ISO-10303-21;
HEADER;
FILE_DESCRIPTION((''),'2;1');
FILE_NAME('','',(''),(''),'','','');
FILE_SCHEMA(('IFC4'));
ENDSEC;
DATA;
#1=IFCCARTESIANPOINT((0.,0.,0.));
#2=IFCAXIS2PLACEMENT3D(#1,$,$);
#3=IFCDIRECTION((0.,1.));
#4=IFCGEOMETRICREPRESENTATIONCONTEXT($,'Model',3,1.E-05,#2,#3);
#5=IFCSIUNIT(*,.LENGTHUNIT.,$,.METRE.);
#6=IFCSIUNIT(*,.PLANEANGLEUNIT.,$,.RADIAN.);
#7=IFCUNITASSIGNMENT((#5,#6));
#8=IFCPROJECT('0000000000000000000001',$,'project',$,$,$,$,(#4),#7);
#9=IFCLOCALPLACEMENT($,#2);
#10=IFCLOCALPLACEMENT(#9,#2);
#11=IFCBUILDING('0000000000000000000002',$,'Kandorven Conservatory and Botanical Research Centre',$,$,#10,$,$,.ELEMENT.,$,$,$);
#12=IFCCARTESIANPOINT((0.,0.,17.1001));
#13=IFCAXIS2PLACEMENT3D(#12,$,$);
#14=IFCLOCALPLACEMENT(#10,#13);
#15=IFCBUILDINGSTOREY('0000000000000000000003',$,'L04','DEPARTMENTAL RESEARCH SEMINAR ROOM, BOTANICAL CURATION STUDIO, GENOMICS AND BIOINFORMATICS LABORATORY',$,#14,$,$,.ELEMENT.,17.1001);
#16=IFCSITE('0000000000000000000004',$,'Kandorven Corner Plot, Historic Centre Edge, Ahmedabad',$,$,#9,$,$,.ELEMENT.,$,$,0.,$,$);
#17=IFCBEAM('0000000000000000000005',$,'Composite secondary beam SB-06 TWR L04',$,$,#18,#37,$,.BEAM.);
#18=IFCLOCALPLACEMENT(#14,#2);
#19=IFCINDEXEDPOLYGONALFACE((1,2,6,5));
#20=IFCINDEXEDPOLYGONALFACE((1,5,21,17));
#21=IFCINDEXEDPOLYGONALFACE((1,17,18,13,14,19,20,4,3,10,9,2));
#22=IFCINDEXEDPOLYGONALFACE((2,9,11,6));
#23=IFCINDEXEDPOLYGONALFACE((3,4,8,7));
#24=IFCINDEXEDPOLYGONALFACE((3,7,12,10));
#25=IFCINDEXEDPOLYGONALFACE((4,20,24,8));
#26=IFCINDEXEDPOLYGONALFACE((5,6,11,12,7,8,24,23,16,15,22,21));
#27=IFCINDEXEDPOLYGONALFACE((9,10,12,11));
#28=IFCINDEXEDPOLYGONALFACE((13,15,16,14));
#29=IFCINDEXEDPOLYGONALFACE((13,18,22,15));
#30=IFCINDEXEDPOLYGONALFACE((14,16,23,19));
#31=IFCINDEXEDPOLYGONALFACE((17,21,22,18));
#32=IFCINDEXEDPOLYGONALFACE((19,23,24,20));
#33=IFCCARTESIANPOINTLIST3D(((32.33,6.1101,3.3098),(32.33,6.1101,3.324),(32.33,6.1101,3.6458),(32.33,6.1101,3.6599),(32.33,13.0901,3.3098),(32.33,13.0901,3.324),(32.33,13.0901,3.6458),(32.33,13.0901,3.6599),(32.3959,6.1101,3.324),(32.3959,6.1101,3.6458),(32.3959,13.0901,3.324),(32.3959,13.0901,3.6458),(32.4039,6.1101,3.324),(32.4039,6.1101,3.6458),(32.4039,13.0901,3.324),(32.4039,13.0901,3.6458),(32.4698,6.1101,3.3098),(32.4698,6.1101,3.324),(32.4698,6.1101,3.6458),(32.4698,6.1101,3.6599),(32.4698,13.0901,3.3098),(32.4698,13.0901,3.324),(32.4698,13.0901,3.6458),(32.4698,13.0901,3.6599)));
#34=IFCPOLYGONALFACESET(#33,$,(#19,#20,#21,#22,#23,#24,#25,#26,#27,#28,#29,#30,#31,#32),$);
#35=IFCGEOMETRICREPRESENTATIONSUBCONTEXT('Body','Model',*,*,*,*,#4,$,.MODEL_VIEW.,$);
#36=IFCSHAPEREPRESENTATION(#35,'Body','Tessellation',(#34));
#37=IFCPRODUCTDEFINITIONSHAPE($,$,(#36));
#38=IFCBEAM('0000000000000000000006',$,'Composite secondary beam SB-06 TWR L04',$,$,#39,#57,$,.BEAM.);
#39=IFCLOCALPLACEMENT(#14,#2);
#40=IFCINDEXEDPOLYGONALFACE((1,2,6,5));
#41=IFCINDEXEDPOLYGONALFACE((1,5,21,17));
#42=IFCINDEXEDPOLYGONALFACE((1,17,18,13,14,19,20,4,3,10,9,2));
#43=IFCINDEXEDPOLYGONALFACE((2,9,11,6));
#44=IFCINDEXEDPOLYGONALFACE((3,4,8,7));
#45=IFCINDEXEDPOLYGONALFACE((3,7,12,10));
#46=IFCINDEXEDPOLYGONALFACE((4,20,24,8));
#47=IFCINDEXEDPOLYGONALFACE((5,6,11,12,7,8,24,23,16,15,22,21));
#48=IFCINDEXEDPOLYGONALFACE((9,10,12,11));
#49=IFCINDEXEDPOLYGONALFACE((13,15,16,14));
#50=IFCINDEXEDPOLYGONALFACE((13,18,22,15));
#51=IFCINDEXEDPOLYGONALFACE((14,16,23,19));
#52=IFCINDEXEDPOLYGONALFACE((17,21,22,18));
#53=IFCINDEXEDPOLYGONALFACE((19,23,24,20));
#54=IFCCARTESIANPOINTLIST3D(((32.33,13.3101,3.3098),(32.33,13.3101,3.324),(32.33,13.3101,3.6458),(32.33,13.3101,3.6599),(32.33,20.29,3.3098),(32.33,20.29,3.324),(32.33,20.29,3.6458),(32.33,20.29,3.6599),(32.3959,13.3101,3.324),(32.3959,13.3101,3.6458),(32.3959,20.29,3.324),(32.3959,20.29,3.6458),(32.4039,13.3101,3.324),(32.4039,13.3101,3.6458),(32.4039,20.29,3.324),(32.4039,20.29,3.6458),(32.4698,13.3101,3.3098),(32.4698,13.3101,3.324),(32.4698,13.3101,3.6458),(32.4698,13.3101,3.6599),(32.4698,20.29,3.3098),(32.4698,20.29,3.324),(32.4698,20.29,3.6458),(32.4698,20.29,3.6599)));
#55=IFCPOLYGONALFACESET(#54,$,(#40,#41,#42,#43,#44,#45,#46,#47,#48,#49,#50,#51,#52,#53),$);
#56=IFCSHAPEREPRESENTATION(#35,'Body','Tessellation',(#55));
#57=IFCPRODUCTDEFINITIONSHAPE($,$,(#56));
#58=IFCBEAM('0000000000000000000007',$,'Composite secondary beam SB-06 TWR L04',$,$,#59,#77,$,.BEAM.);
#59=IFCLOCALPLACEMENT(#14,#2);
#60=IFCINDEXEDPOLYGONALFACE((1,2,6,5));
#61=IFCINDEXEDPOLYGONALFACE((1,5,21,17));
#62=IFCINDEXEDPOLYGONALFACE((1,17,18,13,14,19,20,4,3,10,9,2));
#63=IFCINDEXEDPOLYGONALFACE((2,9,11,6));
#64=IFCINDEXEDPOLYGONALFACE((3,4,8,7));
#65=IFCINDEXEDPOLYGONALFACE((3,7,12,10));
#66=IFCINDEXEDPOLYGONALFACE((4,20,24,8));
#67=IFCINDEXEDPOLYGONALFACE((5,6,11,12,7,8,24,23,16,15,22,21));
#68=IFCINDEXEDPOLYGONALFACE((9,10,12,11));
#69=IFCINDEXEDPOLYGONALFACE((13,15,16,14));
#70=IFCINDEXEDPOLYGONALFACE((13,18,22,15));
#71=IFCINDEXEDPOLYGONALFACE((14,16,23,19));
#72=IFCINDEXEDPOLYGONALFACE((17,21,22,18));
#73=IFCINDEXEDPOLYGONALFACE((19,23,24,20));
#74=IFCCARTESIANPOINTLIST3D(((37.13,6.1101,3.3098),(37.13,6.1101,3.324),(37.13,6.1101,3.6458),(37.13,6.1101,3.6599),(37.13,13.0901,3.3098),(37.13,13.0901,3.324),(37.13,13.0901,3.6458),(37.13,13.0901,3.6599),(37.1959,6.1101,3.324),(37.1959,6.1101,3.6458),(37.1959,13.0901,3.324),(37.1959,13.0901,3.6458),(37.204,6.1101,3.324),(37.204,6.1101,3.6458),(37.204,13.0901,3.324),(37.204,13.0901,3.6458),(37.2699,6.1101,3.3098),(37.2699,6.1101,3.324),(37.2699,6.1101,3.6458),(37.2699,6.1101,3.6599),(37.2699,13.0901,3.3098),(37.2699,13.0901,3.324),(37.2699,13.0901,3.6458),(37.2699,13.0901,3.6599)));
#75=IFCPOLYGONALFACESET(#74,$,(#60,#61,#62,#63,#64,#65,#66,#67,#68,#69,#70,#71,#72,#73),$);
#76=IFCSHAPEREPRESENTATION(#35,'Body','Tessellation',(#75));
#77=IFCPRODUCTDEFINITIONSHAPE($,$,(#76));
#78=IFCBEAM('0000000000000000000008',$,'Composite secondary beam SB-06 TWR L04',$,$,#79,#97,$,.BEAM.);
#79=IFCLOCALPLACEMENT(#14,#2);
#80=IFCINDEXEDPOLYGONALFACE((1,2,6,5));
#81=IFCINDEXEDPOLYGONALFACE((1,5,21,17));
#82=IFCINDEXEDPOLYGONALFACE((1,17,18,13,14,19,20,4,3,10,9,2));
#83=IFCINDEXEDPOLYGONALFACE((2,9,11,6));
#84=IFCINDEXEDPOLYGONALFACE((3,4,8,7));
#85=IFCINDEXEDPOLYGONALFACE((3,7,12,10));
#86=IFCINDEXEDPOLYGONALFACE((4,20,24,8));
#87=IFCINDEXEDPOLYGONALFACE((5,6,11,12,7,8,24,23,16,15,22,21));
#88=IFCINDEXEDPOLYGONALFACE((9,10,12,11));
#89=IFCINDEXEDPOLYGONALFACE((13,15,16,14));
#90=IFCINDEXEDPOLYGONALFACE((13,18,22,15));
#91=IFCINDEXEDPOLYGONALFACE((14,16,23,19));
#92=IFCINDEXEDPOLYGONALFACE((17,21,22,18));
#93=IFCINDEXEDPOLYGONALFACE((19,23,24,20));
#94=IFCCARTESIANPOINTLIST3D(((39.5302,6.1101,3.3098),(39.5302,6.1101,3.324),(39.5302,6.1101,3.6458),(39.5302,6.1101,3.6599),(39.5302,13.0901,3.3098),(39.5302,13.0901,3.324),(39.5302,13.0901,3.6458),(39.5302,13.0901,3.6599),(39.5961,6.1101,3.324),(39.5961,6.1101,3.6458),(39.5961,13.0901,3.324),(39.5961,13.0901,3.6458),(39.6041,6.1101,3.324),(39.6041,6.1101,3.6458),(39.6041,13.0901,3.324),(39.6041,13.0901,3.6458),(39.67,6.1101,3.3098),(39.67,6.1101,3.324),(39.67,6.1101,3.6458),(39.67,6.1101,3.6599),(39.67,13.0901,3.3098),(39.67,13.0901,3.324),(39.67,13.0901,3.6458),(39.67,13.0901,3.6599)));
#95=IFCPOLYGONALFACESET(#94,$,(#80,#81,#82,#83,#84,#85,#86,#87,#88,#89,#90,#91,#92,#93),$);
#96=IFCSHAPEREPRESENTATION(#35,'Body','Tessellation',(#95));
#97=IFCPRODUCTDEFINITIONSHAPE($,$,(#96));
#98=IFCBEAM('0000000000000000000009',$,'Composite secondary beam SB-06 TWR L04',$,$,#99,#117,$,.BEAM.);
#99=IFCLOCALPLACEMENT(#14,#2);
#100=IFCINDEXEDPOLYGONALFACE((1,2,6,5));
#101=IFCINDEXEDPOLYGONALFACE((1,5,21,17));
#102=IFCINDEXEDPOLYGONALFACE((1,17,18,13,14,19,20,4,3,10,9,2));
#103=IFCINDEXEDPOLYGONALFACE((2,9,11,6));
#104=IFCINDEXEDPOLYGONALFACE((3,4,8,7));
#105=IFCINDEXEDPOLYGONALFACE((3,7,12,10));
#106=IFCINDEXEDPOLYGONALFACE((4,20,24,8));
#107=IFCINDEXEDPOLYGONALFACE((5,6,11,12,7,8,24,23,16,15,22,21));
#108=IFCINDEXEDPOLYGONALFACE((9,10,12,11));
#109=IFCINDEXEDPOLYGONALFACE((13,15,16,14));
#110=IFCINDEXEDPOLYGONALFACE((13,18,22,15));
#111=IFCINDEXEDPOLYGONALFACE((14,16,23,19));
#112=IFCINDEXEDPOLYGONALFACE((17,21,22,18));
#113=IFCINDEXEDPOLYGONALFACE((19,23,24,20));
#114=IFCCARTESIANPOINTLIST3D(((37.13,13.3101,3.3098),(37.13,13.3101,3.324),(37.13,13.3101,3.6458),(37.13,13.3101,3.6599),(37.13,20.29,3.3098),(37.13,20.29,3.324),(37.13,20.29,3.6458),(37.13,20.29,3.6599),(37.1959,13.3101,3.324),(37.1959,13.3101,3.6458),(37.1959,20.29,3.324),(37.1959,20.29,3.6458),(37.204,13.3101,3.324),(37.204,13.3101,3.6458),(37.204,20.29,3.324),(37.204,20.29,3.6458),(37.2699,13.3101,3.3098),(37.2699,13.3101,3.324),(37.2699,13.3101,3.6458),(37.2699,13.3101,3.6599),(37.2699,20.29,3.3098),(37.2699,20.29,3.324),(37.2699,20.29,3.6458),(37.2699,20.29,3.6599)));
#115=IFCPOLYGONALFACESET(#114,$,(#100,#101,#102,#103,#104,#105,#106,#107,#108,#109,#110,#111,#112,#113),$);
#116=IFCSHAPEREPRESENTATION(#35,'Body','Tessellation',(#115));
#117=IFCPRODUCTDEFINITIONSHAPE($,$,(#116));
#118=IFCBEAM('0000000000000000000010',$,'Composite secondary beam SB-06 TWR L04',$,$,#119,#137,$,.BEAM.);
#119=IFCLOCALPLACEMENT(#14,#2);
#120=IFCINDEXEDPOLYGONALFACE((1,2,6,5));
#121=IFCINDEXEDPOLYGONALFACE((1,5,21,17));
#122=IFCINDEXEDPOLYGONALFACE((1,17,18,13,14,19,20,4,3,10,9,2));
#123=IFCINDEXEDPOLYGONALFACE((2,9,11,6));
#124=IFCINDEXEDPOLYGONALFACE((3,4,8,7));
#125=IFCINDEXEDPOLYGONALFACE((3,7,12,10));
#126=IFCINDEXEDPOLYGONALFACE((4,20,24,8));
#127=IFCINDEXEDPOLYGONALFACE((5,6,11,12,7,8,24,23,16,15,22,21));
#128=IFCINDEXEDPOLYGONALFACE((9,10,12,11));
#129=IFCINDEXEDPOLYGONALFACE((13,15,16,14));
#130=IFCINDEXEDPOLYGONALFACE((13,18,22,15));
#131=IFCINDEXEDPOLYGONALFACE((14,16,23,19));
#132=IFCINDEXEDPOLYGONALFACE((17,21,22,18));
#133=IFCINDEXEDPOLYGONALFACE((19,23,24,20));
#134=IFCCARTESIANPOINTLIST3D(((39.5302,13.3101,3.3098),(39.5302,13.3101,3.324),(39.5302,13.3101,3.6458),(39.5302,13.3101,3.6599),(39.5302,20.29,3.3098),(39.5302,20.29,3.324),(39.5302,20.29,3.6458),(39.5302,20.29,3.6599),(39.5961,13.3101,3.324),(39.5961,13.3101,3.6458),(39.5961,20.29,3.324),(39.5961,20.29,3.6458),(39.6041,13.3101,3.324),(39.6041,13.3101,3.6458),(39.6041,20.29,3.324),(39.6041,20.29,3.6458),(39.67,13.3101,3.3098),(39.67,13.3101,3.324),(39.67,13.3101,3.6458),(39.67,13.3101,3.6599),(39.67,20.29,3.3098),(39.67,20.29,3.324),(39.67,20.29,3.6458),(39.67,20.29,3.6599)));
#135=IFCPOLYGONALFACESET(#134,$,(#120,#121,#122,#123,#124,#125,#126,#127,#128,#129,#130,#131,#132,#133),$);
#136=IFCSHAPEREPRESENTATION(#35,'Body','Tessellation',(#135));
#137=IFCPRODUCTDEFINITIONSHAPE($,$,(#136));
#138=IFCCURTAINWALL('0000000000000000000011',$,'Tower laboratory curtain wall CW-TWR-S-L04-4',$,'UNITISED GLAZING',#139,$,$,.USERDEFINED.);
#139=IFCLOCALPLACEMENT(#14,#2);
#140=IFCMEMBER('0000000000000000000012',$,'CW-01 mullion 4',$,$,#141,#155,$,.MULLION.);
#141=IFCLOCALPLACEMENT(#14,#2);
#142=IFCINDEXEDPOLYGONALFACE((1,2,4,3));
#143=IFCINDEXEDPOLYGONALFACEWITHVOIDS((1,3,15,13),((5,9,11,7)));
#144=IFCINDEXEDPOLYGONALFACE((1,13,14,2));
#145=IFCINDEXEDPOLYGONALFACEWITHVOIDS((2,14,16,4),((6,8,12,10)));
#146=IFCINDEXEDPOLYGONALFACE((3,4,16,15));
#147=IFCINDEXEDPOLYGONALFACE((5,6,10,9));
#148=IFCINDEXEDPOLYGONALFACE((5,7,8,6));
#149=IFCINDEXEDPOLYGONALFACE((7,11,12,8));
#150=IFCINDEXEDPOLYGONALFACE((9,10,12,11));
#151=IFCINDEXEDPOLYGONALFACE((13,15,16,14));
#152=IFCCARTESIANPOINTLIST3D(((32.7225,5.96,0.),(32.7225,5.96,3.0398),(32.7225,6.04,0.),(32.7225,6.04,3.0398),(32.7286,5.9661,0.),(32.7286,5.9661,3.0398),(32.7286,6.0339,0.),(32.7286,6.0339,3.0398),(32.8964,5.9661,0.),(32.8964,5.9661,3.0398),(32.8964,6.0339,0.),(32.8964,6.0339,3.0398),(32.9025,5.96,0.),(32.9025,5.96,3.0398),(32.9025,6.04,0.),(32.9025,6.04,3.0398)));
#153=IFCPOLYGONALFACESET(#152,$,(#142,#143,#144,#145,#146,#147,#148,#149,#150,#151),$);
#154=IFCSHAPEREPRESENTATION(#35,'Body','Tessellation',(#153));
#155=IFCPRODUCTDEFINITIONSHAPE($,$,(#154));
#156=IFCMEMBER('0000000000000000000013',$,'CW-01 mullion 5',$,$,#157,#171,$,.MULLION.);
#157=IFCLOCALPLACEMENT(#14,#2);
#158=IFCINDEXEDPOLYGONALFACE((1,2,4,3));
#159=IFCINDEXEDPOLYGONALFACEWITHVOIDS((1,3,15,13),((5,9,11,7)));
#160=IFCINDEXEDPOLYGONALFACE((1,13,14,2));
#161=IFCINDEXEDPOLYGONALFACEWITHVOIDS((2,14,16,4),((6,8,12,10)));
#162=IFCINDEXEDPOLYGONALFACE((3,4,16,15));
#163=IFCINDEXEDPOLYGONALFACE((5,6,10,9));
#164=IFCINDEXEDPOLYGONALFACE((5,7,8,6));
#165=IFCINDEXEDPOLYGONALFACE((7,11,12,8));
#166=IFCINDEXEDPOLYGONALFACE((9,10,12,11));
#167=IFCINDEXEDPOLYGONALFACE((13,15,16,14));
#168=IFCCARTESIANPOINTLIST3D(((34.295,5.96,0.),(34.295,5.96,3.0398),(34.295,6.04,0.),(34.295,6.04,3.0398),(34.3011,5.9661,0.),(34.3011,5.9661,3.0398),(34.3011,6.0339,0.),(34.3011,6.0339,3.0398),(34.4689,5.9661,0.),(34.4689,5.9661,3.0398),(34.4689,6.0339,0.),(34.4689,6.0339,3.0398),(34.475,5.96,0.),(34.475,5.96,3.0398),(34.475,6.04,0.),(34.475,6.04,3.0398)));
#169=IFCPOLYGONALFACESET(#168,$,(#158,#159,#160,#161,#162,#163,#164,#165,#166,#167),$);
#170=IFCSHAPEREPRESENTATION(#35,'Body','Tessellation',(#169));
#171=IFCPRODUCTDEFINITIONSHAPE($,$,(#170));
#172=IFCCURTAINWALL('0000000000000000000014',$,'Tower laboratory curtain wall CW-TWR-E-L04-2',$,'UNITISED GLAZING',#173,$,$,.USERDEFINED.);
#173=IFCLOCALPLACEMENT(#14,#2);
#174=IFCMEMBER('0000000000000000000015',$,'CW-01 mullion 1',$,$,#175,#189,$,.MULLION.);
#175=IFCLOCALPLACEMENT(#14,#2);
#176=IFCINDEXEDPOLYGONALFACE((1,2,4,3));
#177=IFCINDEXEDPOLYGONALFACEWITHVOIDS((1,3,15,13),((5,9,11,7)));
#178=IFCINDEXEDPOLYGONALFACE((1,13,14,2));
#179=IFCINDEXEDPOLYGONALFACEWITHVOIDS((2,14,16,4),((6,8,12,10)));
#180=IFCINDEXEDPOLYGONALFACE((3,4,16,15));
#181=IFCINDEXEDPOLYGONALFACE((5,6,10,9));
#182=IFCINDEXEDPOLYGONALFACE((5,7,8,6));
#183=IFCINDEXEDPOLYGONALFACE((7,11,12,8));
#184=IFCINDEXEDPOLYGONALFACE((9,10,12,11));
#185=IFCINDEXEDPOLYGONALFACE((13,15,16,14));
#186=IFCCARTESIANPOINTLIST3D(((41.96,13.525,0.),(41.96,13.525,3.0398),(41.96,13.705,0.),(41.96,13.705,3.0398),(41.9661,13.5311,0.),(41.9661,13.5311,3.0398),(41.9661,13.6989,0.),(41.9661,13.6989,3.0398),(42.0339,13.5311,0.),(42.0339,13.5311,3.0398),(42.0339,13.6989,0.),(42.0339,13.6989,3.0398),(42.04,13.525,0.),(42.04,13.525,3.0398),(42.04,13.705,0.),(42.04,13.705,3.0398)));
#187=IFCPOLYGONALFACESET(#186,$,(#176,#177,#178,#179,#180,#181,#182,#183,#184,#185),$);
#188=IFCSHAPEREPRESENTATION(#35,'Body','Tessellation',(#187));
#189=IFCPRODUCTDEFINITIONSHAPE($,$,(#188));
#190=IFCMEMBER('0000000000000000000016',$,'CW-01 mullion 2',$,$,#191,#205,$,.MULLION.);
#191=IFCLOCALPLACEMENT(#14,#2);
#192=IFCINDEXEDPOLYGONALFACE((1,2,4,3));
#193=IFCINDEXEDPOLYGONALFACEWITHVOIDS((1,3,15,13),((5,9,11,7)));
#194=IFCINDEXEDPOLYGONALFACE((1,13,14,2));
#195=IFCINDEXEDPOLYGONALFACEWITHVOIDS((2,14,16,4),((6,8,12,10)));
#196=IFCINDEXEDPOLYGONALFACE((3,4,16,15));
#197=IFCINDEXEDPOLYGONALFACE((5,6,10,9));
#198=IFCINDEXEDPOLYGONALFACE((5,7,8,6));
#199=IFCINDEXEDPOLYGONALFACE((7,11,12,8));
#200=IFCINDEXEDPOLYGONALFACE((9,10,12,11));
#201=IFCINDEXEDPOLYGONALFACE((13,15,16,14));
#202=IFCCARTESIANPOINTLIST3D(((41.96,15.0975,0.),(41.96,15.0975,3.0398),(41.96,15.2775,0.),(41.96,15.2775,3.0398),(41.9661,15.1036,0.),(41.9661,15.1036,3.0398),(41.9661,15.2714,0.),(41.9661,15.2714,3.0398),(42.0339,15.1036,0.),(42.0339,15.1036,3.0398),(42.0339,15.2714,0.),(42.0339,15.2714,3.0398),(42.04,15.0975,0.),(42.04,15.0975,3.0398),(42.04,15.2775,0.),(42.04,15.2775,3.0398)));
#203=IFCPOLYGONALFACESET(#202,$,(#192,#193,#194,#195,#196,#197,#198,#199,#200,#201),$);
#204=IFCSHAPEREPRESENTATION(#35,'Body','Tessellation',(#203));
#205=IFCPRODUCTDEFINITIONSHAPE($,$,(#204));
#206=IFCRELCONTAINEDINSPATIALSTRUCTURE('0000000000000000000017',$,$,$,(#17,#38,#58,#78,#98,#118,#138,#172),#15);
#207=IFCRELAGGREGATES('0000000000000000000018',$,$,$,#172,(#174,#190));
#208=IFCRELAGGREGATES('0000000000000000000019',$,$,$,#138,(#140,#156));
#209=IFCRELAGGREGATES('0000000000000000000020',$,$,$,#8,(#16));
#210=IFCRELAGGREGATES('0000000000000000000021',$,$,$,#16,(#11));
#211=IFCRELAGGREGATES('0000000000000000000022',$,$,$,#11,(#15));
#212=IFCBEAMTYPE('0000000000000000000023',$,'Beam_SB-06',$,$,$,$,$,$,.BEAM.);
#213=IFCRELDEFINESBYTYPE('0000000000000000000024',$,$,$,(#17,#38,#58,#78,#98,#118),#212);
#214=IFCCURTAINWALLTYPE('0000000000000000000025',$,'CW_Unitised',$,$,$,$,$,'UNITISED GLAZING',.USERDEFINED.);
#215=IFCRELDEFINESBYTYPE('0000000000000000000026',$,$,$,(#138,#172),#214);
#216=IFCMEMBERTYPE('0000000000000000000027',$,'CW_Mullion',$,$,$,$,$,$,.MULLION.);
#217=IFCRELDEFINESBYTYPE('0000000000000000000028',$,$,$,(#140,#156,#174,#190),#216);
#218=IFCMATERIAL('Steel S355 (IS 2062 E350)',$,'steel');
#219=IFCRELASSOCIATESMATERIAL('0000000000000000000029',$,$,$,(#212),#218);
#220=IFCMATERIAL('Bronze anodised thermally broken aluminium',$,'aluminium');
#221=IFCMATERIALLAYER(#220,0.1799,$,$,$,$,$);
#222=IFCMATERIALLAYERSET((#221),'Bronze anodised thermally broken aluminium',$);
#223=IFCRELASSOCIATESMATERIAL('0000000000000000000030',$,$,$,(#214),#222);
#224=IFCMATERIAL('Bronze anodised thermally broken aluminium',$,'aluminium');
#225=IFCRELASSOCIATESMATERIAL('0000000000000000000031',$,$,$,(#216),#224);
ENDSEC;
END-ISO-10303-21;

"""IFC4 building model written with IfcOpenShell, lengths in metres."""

from ifc_helpers import new_model, si_unit, direction, frame, origin, origin_2d, place, context, subcontext, project, spatial, hollow_rectangle, i_section, extrude, material, layer, layer_set, material_profile, profile_set, type_object, element, aggregate, save


model = new_model("IFC4")

# Units and contexts
model_context = context("Model", 3, precision=1e-05, world=origin(), true_north=direction((0.0, 1.0)))
body_context = subcontext(model_context, "Body", "Model", "MODEL_VIEW")
ifc_project = project(units=[si_unit("LENGTHUNIT", "METRE"), si_unit("PLANEANGLEUNIT", "RADIAN")], contexts=[model_context])

# Site, building, storey
site_placement = place(None, origin())
site = spatial("IfcSite", under=ifc_project, at=site_placement, Name="Kandorven Corner Plot, Historic Centre Edge, Ahmedabad", CompositionType="ELEMENT", RefElevation=0.0)
building_placement = place(site_placement, origin())
building = spatial("IfcBuilding", under=site, at=building_placement, Name="Kandorven Conservatory and Botanical Research Centre", CompositionType="ELEMENT")
storey_placement = place(building_placement, frame((0.0, 0.0, 17.1001)))
storey = spatial("IfcBuildingStorey", under=building, at=storey_placement, Name="L04", Description="DEPARTMENTAL RESEARCH SEMINAR ROOM, BOTANICAL CURATION STUDIO, GENOMICS AND BIOINFORMATICS LABORATORY", CompositionType="ELEMENT", Elevation=17.1001)

# Beams
ifc_material_1 = material(Name="Steel S355 (IS 2062 E350)", Category="steel")
ifc_material_profile_1 = material_profile(ifc_material_1, i_section(OverallWidth=0.1399, OverallDepth=0.3501, WebThickness=0.0081, FlangeThickness=0.0142, at=origin_2d()))
ifc_profile_set_1 = profile_set([ifc_material_profile_1], Name="Steel S355 (IS 2062 E350)")
beam_type_1 = type_object("IfcBeamType", Name="Beam_SB-06", PredefinedType="BEAM", material=ifc_profile_set_1)
for number, where, z_axis, x_axis, name in (
    (1, (32.3999, 6.1101, 3.4849), (0.0, 1.0, 0.0), (-1.0, 0.0, 0.0), "Composite secondary beam SB-06 TWR L04"),
    (2, (32.3999, 13.3101, 3.4849), (0.0, 1.0, 0.0), (-1.0, 0.0, 0.0), "Composite secondary beam SB-06 TWR L04"),
    (3, (37.2, 6.1101, 3.4849), (0.0, 1.0, 0.0), (-1.0, 0.0, 0.0), "Composite secondary beam SB-06 TWR L04"),
    (4, (39.6001, 6.1101, 3.4849), (0.0, 1.0, 0.0), (-1.0, 0.0, 0.0), "Composite secondary beam SB-06 TWR L04"),
    (5, (37.2, 13.3101, 3.4849), (0.0, 1.0, 0.0), (-1.0, 0.0, 0.0), "Composite secondary beam SB-06 TWR L04"),
    (6, (39.6001, 13.3101, 3.4849), (0.0, 1.0, 0.0), (-1.0, 0.0, 0.0), "Composite secondary beam SB-06 TWR L04"),
):
    element("IfcBeam", number, at=place(storey_placement, frame(where, z_axis=z_axis, x_axis=x_axis)), inside=storey, type_object=beam_type_1, Name=name, PredefinedType="BEAM", context=body_context, shape_type="SweptSolid", body=[
        extrude(i_section(OverallWidth=0.1399, OverallDepth=0.3501, WebThickness=0.0081, FlangeThickness=0.0142, at=origin_2d()), origin(), (0.0, 0.0, 1.0), 6.98),
    ])

# Curtain walls, members
ifc_material_2 = material(Name="Bronze anodised thermally broken aluminium", Category="aluminium")
ifc_layer_1 = layer(ifc_material_2, 0.1799)
ifc_layer_set_1 = layer_set([ifc_layer_1], Name="Bronze anodised thermally broken aluminium")
curtain_wall_type = type_object("IfcCurtainWallType", Name="CW_Unitised", ElementType="UNITISED GLAZING", PredefinedType="USERDEFINED", material=ifc_layer_set_1)
curtain_wall_1_placement = place(storey_placement, origin())
curtain_wall_1 = element("IfcCurtainWall", 7, at=curtain_wall_1_placement, inside=storey, type_object=curtain_wall_type, Name="Tower laboratory curtain wall CW-TWR-S-L04-4", ObjectType="UNITISED GLAZING", PredefinedType="USERDEFINED")
ifc_material_3 = material(Name="Bronze anodised thermally broken aluminium", Category="aluminium")
ifc_material_profile_2 = material_profile(ifc_material_3, hollow_rectangle(XDim=0.0801, YDim=0.1799, WallThickness=0.0061, at=origin_2d()))
ifc_profile_set_2 = profile_set([ifc_material_profile_2], Name="Bronze anodised thermally broken aluminium")
member_type_1 = type_object("IfcMemberType", Name="CW_Mullion", PredefinedType="MULLION", material=ifc_profile_set_2)
member_1_placement = place(storey_placement, frame((32.8125, 6.0, 0.0), z_axis=(0.0, 0.0, 1.0), x_axis=(0.0, 1.0, 0.0)))
member_1 = element("IfcMember", 8, at=member_1_placement, type_object=member_type_1, Name="CW-01 mullion 4", PredefinedType="MULLION", context=body_context, shape_type="SweptSolid", body=[
    extrude(hollow_rectangle(XDim=0.0801, YDim=0.1799, WallThickness=0.0061, at=origin_2d()), origin(), (0.0, 0.0, 1.0), 3.0398),
])
member_2_placement = place(storey_placement, frame((34.385, 6.0, 0.0), z_axis=(0.0, 0.0, 1.0), x_axis=(0.0, 1.0, 0.0)))
member_2 = element("IfcMember", 9, at=member_2_placement, type_object=member_type_1, Name="CW-01 mullion 5", PredefinedType="MULLION", context=body_context, shape_type="SweptSolid", body=[
    extrude(hollow_rectangle(XDim=0.0801, YDim=0.1799, WallThickness=0.0061, at=origin_2d()), origin(), (0.0, 0.0, 1.0), 3.0398),
])
curtain_wall_2_placement = place(storey_placement, origin())
curtain_wall_2 = element("IfcCurtainWall", 10, at=curtain_wall_2_placement, inside=storey, type_object=curtain_wall_type, Name="Tower laboratory curtain wall CW-TWR-E-L04-2", ObjectType="UNITISED GLAZING", PredefinedType="USERDEFINED")
member_3_placement = place(storey_placement, frame((42.0, 13.615, 0.0), z_axis=(0.0, 0.0, 1.0), x_axis=(-1.0, 0.0, 0.0)))
member_3 = element("IfcMember", 11, at=member_3_placement, type_object=member_type_1, Name="CW-01 mullion 1", PredefinedType="MULLION", context=body_context, shape_type="SweptSolid", body=[
    extrude(hollow_rectangle(XDim=0.0801, YDim=0.1799, WallThickness=0.0061, at=origin_2d()), origin(), (0.0, 0.0, 1.0), 3.0398),
])
member_4_placement = place(storey_placement, frame((42.0, 15.1875, 0.0), z_axis=(0.0, 0.0, 1.0), x_axis=(-1.0, 0.0, 0.0)))
member_4 = element("IfcMember", 12, at=member_4_placement, type_object=member_type_1, Name="CW-01 mullion 2", PredefinedType="MULLION", context=body_context, shape_type="SweptSolid", body=[
    extrude(hollow_rectangle(XDim=0.0801, YDim=0.1799, WallThickness=0.0061, at=origin_2d()), origin(), (0.0, 0.0, 1.0), 3.0398),
])
aggregate(curtain_wall_2, [member_3, member_4])

aggregate(curtain_wall_1, [member_1, member_2])

save(model, "model.ifc")
